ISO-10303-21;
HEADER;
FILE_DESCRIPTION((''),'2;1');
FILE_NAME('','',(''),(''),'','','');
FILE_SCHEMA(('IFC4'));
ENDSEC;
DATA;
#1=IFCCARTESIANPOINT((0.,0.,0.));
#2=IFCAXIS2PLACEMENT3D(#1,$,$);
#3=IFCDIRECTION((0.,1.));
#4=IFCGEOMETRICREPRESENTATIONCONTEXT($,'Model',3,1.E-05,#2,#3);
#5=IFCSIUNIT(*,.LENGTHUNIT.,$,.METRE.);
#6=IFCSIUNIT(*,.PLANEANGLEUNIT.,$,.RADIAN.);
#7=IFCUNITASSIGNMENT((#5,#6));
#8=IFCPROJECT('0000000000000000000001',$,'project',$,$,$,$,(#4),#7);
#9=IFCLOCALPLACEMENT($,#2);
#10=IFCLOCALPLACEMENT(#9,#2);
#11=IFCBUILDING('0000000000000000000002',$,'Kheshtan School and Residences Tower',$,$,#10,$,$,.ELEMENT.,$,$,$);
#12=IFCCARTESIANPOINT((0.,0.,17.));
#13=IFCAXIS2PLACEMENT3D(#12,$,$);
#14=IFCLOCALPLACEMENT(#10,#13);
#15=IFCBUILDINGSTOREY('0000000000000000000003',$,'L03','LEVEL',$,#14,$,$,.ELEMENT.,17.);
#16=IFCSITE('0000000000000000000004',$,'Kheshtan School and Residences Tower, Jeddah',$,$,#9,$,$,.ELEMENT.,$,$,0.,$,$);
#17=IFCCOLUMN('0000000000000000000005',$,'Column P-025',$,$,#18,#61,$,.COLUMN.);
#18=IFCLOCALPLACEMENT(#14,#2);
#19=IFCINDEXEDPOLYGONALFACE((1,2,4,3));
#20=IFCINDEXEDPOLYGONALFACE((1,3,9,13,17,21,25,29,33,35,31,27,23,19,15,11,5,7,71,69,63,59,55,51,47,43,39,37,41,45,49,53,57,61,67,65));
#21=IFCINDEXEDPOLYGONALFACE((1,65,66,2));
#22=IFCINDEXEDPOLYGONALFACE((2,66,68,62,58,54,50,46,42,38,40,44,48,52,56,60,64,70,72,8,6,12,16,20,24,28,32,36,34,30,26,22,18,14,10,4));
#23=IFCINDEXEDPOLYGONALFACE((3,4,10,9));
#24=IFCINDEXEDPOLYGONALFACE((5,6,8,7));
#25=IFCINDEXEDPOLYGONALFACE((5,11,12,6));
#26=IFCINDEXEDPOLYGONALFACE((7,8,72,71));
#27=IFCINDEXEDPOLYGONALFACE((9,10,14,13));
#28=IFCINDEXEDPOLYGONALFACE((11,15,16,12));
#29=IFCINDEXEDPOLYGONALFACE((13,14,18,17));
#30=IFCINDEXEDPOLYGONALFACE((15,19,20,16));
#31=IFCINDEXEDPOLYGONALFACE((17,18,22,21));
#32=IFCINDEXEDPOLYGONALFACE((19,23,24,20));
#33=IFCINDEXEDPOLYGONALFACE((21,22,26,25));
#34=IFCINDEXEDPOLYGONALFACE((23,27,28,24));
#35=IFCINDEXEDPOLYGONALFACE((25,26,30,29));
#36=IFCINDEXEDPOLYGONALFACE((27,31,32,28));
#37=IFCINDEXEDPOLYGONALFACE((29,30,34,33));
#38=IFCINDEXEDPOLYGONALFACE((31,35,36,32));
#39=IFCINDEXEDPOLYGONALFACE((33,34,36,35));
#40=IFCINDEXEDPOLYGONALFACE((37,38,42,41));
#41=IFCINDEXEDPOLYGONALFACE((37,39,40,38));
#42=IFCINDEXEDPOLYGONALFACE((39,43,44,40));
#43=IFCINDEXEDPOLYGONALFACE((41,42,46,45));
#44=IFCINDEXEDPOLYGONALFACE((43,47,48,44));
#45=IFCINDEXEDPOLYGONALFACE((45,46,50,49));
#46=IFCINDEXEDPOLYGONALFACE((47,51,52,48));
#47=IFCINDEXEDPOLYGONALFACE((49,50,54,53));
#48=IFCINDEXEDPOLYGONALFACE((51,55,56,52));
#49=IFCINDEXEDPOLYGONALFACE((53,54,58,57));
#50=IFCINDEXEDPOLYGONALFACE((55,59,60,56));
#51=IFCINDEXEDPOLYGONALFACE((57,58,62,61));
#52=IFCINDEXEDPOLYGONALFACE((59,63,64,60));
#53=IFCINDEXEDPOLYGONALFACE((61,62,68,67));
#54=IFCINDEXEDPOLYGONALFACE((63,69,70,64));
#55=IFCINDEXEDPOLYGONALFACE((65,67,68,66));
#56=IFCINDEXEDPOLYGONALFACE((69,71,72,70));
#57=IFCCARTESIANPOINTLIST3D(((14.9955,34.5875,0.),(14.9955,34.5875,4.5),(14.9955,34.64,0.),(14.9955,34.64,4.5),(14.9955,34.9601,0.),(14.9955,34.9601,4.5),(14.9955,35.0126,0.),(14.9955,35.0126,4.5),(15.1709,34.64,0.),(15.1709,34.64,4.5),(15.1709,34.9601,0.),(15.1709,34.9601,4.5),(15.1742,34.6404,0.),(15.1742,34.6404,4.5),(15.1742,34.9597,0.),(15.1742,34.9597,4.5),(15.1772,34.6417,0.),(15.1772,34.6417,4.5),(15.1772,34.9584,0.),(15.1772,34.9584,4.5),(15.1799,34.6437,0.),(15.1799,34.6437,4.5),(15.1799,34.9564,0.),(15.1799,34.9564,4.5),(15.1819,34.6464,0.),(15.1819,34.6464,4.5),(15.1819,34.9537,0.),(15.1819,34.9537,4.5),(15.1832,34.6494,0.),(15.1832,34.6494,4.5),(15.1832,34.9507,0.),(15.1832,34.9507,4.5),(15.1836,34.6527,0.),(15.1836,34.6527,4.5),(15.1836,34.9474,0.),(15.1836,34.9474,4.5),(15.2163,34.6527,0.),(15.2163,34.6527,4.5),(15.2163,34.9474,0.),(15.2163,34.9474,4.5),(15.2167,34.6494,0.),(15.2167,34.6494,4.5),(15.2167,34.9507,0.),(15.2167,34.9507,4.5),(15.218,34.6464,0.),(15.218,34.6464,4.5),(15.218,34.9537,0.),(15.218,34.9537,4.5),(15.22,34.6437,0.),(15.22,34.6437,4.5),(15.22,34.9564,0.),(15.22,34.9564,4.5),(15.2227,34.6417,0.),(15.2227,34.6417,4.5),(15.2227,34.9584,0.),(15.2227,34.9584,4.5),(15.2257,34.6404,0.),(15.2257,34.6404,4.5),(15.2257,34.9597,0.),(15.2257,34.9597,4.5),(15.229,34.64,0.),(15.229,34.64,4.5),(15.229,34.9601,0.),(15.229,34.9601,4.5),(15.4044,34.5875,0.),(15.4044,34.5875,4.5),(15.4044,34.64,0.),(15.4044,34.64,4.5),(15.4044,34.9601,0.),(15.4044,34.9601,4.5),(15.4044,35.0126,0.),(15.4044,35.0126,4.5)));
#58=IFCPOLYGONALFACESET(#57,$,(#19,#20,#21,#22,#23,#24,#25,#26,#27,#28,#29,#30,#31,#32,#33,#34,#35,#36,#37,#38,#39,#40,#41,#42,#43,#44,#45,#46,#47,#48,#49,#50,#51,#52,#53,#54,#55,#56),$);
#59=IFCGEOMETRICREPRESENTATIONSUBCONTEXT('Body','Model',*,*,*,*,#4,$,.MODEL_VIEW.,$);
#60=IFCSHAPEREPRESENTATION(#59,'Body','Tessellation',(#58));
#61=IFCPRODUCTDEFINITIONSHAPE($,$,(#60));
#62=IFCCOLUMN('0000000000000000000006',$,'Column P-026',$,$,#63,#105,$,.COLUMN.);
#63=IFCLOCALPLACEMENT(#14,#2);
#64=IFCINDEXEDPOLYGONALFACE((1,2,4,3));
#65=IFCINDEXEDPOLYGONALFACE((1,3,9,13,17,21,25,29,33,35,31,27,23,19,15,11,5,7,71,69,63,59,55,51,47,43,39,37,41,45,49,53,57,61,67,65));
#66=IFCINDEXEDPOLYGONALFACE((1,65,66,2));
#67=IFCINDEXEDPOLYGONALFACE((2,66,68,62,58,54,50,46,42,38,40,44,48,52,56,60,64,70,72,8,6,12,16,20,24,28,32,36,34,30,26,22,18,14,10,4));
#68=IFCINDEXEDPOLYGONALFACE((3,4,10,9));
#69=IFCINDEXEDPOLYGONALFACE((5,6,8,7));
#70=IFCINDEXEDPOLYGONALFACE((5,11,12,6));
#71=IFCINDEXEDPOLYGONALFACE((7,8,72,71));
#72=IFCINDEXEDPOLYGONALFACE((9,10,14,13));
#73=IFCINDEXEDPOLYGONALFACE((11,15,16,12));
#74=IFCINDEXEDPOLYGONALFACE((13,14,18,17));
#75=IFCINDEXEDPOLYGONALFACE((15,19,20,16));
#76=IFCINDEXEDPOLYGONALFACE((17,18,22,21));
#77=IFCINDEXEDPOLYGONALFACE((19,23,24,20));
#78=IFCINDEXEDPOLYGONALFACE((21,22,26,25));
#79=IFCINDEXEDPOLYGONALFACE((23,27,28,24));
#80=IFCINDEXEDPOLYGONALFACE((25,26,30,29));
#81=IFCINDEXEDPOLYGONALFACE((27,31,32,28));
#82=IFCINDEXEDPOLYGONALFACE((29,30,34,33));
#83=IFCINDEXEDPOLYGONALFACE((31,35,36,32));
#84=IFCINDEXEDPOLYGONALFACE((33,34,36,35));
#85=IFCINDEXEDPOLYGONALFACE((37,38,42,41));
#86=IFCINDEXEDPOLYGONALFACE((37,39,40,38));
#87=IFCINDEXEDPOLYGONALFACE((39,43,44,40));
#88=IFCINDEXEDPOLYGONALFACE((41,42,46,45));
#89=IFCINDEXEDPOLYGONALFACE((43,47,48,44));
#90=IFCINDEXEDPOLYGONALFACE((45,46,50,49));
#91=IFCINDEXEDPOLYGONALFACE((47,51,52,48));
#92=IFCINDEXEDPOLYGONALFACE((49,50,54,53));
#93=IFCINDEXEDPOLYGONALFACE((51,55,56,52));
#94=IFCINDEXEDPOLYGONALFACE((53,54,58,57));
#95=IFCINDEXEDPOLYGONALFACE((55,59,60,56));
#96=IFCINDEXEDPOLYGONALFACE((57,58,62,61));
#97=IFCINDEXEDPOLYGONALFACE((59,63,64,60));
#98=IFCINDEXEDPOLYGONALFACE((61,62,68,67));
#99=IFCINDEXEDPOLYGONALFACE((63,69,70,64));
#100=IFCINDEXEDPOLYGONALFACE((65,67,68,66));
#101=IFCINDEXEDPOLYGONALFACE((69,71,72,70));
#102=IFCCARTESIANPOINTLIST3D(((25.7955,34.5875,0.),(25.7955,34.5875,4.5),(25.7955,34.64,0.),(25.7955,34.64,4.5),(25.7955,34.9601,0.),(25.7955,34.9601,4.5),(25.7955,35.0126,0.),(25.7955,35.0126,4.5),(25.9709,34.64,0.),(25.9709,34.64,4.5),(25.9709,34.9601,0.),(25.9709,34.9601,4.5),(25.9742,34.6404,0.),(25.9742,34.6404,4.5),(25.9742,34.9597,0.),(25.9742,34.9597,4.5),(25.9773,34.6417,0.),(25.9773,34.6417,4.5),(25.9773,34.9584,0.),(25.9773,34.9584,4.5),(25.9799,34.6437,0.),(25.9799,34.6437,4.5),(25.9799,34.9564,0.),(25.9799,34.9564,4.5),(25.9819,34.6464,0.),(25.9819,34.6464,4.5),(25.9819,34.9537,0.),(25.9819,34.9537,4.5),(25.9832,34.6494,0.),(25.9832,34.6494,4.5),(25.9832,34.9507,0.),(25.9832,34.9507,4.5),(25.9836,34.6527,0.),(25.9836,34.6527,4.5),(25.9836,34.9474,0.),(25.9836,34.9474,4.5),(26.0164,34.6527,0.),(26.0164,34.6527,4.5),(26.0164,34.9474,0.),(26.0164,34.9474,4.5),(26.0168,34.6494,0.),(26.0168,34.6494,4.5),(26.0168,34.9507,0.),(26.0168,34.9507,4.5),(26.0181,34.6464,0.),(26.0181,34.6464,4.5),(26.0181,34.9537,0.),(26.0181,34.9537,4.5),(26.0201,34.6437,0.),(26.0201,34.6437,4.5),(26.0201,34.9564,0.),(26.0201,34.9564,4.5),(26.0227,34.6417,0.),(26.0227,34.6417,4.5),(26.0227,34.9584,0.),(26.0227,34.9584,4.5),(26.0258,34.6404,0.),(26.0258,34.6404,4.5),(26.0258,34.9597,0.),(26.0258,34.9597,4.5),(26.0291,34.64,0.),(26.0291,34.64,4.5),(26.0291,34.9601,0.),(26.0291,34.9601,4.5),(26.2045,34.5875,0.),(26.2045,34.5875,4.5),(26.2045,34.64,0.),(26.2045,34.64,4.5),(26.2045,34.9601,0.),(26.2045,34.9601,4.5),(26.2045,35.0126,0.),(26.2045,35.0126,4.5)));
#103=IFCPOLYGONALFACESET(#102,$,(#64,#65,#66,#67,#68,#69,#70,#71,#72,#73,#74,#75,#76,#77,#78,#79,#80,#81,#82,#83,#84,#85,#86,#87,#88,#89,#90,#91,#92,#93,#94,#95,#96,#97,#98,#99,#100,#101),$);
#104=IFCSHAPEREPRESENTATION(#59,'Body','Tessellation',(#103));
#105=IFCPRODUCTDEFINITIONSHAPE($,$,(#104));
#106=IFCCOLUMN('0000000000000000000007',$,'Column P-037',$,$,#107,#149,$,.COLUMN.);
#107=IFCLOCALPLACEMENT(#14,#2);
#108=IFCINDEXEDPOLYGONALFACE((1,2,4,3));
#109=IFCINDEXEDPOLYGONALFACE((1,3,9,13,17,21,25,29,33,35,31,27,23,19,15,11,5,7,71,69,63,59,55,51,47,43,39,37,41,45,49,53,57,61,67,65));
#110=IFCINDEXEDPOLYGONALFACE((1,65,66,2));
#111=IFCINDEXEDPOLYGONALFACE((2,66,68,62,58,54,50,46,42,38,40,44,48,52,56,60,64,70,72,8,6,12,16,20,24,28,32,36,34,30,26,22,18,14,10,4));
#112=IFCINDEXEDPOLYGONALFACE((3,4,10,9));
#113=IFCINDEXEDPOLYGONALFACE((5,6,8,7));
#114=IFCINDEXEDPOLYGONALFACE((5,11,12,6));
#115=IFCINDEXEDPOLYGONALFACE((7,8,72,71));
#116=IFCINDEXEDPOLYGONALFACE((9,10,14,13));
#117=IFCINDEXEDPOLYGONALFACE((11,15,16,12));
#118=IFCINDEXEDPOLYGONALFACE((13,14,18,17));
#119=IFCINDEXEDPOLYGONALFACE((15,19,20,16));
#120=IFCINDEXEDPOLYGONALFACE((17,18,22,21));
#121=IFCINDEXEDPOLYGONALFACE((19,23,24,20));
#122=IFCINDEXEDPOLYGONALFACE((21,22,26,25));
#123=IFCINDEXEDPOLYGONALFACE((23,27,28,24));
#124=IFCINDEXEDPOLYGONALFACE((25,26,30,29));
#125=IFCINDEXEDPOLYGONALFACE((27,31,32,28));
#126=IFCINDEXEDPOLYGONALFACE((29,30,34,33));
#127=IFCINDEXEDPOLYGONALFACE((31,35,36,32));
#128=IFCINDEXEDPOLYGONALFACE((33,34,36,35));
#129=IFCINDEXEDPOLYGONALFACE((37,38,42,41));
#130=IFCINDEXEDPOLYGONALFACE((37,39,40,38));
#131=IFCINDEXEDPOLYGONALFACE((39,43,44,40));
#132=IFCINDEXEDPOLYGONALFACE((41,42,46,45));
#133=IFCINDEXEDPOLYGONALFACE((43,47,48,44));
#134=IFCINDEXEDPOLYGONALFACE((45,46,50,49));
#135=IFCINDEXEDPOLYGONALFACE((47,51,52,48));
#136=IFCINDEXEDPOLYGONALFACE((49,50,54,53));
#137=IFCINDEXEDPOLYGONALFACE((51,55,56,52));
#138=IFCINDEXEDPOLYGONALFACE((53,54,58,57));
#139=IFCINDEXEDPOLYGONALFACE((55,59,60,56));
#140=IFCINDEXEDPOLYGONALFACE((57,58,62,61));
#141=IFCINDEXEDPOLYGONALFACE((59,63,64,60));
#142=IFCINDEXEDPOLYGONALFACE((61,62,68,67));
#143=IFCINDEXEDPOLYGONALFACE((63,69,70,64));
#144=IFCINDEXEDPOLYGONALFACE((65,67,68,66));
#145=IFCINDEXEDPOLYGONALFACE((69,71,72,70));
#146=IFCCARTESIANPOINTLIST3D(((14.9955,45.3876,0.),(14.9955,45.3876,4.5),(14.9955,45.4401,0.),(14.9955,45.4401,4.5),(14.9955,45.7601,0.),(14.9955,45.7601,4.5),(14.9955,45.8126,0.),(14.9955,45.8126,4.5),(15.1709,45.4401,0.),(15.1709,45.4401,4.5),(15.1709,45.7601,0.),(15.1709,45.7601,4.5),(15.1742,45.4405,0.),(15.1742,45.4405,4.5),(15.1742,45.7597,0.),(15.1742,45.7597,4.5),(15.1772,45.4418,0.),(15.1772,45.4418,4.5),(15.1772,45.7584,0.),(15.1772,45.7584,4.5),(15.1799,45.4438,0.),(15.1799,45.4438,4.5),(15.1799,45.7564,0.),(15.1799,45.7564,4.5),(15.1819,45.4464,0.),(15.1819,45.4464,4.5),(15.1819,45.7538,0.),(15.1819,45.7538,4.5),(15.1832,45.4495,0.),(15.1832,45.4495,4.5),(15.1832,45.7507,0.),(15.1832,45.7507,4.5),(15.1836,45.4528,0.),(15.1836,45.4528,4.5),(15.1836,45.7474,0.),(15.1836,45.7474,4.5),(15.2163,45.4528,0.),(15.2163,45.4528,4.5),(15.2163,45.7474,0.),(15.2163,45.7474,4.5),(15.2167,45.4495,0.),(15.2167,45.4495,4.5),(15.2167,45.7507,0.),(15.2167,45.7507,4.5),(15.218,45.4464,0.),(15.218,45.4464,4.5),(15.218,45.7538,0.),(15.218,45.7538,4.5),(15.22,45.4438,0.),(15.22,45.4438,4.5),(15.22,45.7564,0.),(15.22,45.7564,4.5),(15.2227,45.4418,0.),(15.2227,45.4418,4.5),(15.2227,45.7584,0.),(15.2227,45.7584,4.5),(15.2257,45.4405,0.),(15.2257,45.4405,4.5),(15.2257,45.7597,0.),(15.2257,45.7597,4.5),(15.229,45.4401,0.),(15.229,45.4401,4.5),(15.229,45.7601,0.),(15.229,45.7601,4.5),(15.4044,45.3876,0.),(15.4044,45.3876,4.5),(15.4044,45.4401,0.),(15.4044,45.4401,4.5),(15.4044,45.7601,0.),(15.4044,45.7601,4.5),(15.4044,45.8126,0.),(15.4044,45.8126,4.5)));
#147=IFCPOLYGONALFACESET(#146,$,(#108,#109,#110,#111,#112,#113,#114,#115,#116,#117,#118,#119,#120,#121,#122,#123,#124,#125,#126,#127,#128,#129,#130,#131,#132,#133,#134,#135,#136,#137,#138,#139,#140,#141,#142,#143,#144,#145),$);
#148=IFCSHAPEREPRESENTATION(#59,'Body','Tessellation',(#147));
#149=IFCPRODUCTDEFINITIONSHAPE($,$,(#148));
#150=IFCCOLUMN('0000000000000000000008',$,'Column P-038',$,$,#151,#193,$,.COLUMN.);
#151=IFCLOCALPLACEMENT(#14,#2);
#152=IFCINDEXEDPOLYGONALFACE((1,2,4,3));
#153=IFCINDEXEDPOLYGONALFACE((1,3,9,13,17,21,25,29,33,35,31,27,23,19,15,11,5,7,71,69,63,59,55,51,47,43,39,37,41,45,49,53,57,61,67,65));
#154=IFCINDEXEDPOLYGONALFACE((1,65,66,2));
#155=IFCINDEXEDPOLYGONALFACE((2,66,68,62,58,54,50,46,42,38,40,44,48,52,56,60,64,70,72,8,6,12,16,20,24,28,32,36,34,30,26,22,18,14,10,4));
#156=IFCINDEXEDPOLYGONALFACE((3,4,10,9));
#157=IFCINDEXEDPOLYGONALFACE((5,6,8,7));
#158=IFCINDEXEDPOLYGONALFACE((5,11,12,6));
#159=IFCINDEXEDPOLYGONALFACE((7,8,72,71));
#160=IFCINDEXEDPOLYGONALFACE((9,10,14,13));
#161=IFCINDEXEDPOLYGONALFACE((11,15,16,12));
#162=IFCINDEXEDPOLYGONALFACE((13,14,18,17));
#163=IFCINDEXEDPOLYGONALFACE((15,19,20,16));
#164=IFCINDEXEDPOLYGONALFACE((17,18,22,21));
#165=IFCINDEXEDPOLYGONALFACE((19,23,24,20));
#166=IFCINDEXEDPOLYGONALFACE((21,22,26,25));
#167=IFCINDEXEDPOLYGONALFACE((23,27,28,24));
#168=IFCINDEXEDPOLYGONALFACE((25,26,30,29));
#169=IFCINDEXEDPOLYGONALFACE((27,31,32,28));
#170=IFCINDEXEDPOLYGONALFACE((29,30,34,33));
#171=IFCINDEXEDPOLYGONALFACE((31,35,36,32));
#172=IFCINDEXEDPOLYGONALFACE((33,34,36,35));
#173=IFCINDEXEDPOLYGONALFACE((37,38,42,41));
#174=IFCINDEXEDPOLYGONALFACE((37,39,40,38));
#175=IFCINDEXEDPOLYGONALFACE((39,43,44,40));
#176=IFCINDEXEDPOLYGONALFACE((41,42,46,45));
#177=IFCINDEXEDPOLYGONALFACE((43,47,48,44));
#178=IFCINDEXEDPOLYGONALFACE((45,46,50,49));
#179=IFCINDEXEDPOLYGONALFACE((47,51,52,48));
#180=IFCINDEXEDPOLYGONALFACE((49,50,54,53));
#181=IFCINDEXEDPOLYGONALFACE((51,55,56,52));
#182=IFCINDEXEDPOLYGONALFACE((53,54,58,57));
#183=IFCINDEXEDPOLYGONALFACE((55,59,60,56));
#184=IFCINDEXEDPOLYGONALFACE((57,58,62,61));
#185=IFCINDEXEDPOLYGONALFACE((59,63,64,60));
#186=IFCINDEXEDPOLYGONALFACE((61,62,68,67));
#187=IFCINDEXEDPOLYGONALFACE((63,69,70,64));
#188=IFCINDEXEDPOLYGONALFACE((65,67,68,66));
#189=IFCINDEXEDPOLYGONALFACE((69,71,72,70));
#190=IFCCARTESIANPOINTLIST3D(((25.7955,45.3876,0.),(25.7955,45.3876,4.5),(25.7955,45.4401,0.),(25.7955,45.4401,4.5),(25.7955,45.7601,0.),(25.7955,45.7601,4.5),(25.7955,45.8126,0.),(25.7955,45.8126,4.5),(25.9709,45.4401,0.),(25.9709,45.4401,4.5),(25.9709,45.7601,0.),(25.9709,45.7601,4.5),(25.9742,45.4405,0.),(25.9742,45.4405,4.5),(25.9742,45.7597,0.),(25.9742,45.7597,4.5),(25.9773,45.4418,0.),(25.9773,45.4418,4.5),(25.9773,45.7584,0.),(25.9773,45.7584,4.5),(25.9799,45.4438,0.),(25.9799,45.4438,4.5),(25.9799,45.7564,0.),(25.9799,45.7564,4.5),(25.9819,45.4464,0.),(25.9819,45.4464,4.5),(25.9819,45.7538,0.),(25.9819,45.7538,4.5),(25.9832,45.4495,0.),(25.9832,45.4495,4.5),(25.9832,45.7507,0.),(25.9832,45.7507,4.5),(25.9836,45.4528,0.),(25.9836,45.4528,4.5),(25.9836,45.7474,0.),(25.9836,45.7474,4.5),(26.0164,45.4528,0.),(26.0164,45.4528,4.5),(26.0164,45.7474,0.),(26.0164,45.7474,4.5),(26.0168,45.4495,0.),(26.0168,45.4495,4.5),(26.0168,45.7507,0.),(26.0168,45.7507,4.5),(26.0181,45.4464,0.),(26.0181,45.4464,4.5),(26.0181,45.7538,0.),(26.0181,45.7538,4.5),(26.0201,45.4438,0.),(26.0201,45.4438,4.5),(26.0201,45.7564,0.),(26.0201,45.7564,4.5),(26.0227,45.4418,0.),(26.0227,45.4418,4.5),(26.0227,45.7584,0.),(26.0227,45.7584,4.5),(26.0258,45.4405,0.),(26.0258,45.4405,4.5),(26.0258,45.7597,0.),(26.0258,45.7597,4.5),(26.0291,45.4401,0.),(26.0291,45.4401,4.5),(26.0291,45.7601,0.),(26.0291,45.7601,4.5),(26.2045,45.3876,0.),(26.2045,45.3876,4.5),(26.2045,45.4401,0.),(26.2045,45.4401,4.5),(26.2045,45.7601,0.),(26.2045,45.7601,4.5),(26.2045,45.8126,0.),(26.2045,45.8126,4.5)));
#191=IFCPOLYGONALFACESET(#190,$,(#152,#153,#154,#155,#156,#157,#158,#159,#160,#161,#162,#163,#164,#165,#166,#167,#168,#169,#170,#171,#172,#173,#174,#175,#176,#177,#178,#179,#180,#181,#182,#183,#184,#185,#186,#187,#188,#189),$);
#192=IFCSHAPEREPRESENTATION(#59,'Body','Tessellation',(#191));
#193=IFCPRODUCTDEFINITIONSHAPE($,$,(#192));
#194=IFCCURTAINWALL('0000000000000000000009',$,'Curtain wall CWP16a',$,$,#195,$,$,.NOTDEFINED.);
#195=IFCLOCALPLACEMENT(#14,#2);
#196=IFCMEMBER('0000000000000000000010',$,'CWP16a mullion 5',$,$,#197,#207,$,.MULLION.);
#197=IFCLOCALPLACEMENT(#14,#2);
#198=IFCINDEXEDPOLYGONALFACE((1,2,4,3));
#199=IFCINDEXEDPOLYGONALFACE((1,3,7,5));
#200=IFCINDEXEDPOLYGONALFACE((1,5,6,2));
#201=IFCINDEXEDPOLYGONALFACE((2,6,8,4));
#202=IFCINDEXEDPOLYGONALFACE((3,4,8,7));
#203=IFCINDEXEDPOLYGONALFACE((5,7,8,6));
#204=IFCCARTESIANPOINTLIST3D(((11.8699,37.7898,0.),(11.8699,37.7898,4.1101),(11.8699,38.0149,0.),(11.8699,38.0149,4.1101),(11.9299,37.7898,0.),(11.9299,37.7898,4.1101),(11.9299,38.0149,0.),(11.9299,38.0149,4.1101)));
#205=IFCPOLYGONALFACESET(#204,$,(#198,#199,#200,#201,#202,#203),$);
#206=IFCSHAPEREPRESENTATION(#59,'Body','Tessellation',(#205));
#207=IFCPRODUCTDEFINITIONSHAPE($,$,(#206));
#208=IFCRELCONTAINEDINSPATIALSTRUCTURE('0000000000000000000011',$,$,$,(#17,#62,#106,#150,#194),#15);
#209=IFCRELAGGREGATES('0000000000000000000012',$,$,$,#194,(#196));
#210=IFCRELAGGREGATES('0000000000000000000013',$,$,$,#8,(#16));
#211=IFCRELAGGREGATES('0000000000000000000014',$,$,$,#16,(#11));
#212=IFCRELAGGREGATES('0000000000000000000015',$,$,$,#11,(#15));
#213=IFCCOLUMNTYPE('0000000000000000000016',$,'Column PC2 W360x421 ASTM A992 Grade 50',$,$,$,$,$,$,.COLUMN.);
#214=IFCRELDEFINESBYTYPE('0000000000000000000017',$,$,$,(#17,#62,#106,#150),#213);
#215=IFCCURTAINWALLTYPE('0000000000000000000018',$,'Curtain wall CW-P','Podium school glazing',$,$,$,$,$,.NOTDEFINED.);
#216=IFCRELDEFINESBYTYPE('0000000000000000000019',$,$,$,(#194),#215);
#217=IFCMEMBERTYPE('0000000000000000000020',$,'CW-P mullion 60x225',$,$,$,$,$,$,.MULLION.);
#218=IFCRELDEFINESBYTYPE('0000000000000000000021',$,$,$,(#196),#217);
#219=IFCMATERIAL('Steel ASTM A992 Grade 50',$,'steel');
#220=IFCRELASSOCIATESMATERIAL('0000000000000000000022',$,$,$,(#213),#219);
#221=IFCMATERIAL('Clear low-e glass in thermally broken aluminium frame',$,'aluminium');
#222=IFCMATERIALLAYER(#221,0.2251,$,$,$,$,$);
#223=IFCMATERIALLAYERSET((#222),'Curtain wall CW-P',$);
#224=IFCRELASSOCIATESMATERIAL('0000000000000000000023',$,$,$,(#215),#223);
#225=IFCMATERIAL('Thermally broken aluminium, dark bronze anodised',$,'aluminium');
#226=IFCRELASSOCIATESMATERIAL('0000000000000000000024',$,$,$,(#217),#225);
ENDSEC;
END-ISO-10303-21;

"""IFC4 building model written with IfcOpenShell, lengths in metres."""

from ifc_helpers import new_model, si_unit, direction, frame, origin, origin_2d, place, context, subcontext, project, spatial, rectangle, i_section, extrude, material, layer, layer_set, material_profile, profile_set, type_object, element, aggregate, save


model = new_model("IFC4")

# Units and contexts
model_context = context("Model", 3, precision=1e-05, world=origin(), true_north=direction((0.0, 1.0)))
body_context = subcontext(model_context, "Body", "Model", "MODEL_VIEW")
ifc_project = project(units=[si_unit("LENGTHUNIT", "METRE"), si_unit("PLANEANGLEUNIT", "RADIAN")], contexts=[model_context])

# Site, building, storey
site_placement = place(None, origin())
site = spatial("IfcSite", under=ifc_project, at=site_placement, Name="Kheshtan School and Residences Tower, Jeddah", CompositionType="ELEMENT", RefElevation=0.0)
building_placement = place(site_placement, origin())
building = spatial("IfcBuilding", under=site, at=building_placement, Name="Kheshtan School and Residences Tower", CompositionType="ELEMENT")
storey_placement = place(building_placement, frame((0.0, 0.0, 17.0)))
storey = spatial("IfcBuildingStorey", under=building, at=storey_placement, Name="L03", Description="LEVEL", CompositionType="ELEMENT", Elevation=17.0)

# Columns
ifc_material_1 = material(Name="Steel ASTM A992 Grade 50", Category="steel")
ifc_material_profile_1 = material_profile(ifc_material_1, i_section(OverallWidth=0.4089, OverallDepth=0.425, WebThickness=0.0327, FlangeThickness=0.0525, FilletRadius=0.0127, at=origin_2d()), Name="W360x421")
ifc_profile_set_1 = profile_set([ifc_material_profile_1], Name="Steel ASTM A992 Grade 50")
column_type = type_object("IfcColumnType", Name="Column PC2 W360x421 ASTM A992 Grade 50", PredefinedType="COLUMN", material=ifc_profile_set_1)
for number, where, z_axis, x_axis, name in (
    (1, (15.2, 34.8, 0.0), (0.0, 0.0, 1.0), (1.0, 0.0, 0.0), "Column P-025"),
    (2, (26.0, 34.8, 0.0), (0.0, 0.0, 1.0), (1.0, 0.0, 0.0), "Column P-026"),
    (3, (15.2, 45.6001, 0.0), (0.0, 0.0, 1.0), (1.0, 0.0, 0.0), "Column P-037"),
    (4, (26.0, 45.6001, 0.0), (0.0, 0.0, 1.0), (1.0, 0.0, 0.0), "Column P-038"),
):
    element("IfcColumn", number, at=place(storey_placement, frame(where, z_axis=z_axis, x_axis=x_axis)), inside=storey, type_object=column_type, Name=name, PredefinedType="COLUMN", context=body_context, shape_type="SweptSolid", body=[
        extrude(i_section(OverallWidth=0.4089, OverallDepth=0.425, WebThickness=0.0327, FlangeThickness=0.0525, FilletRadius=0.0127, at=origin_2d()), origin(), (0.0, 0.0, 1.0), 4.5),
    ])

# Curtain wall, member
ifc_material_2 = material(Name="Clear low-e glass in thermally broken aluminium frame", Category="aluminium")
ifc_layer_1 = layer(ifc_material_2, 0.2251)
ifc_layer_set_1 = layer_set([ifc_layer_1], Name="Curtain wall CW-P")
curtain_wall_type = type_object("IfcCurtainWallType", Name="Curtain wall CW-P", Description="Podium school glazing", PredefinedType="NOTDEFINED", material=ifc_layer_set_1)
curtain_wall_placement = place(storey_placement, origin())
curtain_wall = element("IfcCurtainWall", 5, at=curtain_wall_placement, inside=storey, type_object=curtain_wall_type, Name="Curtain wall CWP16a", PredefinedType="NOTDEFINED")
ifc_material_3 = material(Name="Thermally broken aluminium, dark bronze anodised", Category="aluminium")
ifc_material_profile_2 = material_profile(ifc_material_3, rectangle(XDim=0.0601, YDim=0.2251, at=origin_2d()), Name="CW-P mullion 60x225")
ifc_profile_set_2 = profile_set([ifc_material_profile_2], Name="Thermally broken aluminium, dark bronze anodised")
member_type = type_object("IfcMemberType", Name="CW-P mullion 60x225", PredefinedType="MULLION", material=ifc_profile_set_2)
member_1_placement = place(storey_placement, frame((11.8999, 37.9023, 0.0), z_axis=(0.0, 0.0, 1.0), x_axis=(-1.0, 0.0, 0.0)))
member_1 = element("IfcMember", 6, at=member_1_placement, type_object=member_type, Name="CWP16a mullion 5", PredefinedType="MULLION", context=body_context, shape_type="SweptSolid", body=[
    extrude(rectangle(XDim=0.0601, YDim=0.2251, at=origin_2d()), origin(), (0.0, 0.0, 1.0), 4.1101),
])
aggregate(curtain_wall, [member_1])

save(model, "model.ifc")
